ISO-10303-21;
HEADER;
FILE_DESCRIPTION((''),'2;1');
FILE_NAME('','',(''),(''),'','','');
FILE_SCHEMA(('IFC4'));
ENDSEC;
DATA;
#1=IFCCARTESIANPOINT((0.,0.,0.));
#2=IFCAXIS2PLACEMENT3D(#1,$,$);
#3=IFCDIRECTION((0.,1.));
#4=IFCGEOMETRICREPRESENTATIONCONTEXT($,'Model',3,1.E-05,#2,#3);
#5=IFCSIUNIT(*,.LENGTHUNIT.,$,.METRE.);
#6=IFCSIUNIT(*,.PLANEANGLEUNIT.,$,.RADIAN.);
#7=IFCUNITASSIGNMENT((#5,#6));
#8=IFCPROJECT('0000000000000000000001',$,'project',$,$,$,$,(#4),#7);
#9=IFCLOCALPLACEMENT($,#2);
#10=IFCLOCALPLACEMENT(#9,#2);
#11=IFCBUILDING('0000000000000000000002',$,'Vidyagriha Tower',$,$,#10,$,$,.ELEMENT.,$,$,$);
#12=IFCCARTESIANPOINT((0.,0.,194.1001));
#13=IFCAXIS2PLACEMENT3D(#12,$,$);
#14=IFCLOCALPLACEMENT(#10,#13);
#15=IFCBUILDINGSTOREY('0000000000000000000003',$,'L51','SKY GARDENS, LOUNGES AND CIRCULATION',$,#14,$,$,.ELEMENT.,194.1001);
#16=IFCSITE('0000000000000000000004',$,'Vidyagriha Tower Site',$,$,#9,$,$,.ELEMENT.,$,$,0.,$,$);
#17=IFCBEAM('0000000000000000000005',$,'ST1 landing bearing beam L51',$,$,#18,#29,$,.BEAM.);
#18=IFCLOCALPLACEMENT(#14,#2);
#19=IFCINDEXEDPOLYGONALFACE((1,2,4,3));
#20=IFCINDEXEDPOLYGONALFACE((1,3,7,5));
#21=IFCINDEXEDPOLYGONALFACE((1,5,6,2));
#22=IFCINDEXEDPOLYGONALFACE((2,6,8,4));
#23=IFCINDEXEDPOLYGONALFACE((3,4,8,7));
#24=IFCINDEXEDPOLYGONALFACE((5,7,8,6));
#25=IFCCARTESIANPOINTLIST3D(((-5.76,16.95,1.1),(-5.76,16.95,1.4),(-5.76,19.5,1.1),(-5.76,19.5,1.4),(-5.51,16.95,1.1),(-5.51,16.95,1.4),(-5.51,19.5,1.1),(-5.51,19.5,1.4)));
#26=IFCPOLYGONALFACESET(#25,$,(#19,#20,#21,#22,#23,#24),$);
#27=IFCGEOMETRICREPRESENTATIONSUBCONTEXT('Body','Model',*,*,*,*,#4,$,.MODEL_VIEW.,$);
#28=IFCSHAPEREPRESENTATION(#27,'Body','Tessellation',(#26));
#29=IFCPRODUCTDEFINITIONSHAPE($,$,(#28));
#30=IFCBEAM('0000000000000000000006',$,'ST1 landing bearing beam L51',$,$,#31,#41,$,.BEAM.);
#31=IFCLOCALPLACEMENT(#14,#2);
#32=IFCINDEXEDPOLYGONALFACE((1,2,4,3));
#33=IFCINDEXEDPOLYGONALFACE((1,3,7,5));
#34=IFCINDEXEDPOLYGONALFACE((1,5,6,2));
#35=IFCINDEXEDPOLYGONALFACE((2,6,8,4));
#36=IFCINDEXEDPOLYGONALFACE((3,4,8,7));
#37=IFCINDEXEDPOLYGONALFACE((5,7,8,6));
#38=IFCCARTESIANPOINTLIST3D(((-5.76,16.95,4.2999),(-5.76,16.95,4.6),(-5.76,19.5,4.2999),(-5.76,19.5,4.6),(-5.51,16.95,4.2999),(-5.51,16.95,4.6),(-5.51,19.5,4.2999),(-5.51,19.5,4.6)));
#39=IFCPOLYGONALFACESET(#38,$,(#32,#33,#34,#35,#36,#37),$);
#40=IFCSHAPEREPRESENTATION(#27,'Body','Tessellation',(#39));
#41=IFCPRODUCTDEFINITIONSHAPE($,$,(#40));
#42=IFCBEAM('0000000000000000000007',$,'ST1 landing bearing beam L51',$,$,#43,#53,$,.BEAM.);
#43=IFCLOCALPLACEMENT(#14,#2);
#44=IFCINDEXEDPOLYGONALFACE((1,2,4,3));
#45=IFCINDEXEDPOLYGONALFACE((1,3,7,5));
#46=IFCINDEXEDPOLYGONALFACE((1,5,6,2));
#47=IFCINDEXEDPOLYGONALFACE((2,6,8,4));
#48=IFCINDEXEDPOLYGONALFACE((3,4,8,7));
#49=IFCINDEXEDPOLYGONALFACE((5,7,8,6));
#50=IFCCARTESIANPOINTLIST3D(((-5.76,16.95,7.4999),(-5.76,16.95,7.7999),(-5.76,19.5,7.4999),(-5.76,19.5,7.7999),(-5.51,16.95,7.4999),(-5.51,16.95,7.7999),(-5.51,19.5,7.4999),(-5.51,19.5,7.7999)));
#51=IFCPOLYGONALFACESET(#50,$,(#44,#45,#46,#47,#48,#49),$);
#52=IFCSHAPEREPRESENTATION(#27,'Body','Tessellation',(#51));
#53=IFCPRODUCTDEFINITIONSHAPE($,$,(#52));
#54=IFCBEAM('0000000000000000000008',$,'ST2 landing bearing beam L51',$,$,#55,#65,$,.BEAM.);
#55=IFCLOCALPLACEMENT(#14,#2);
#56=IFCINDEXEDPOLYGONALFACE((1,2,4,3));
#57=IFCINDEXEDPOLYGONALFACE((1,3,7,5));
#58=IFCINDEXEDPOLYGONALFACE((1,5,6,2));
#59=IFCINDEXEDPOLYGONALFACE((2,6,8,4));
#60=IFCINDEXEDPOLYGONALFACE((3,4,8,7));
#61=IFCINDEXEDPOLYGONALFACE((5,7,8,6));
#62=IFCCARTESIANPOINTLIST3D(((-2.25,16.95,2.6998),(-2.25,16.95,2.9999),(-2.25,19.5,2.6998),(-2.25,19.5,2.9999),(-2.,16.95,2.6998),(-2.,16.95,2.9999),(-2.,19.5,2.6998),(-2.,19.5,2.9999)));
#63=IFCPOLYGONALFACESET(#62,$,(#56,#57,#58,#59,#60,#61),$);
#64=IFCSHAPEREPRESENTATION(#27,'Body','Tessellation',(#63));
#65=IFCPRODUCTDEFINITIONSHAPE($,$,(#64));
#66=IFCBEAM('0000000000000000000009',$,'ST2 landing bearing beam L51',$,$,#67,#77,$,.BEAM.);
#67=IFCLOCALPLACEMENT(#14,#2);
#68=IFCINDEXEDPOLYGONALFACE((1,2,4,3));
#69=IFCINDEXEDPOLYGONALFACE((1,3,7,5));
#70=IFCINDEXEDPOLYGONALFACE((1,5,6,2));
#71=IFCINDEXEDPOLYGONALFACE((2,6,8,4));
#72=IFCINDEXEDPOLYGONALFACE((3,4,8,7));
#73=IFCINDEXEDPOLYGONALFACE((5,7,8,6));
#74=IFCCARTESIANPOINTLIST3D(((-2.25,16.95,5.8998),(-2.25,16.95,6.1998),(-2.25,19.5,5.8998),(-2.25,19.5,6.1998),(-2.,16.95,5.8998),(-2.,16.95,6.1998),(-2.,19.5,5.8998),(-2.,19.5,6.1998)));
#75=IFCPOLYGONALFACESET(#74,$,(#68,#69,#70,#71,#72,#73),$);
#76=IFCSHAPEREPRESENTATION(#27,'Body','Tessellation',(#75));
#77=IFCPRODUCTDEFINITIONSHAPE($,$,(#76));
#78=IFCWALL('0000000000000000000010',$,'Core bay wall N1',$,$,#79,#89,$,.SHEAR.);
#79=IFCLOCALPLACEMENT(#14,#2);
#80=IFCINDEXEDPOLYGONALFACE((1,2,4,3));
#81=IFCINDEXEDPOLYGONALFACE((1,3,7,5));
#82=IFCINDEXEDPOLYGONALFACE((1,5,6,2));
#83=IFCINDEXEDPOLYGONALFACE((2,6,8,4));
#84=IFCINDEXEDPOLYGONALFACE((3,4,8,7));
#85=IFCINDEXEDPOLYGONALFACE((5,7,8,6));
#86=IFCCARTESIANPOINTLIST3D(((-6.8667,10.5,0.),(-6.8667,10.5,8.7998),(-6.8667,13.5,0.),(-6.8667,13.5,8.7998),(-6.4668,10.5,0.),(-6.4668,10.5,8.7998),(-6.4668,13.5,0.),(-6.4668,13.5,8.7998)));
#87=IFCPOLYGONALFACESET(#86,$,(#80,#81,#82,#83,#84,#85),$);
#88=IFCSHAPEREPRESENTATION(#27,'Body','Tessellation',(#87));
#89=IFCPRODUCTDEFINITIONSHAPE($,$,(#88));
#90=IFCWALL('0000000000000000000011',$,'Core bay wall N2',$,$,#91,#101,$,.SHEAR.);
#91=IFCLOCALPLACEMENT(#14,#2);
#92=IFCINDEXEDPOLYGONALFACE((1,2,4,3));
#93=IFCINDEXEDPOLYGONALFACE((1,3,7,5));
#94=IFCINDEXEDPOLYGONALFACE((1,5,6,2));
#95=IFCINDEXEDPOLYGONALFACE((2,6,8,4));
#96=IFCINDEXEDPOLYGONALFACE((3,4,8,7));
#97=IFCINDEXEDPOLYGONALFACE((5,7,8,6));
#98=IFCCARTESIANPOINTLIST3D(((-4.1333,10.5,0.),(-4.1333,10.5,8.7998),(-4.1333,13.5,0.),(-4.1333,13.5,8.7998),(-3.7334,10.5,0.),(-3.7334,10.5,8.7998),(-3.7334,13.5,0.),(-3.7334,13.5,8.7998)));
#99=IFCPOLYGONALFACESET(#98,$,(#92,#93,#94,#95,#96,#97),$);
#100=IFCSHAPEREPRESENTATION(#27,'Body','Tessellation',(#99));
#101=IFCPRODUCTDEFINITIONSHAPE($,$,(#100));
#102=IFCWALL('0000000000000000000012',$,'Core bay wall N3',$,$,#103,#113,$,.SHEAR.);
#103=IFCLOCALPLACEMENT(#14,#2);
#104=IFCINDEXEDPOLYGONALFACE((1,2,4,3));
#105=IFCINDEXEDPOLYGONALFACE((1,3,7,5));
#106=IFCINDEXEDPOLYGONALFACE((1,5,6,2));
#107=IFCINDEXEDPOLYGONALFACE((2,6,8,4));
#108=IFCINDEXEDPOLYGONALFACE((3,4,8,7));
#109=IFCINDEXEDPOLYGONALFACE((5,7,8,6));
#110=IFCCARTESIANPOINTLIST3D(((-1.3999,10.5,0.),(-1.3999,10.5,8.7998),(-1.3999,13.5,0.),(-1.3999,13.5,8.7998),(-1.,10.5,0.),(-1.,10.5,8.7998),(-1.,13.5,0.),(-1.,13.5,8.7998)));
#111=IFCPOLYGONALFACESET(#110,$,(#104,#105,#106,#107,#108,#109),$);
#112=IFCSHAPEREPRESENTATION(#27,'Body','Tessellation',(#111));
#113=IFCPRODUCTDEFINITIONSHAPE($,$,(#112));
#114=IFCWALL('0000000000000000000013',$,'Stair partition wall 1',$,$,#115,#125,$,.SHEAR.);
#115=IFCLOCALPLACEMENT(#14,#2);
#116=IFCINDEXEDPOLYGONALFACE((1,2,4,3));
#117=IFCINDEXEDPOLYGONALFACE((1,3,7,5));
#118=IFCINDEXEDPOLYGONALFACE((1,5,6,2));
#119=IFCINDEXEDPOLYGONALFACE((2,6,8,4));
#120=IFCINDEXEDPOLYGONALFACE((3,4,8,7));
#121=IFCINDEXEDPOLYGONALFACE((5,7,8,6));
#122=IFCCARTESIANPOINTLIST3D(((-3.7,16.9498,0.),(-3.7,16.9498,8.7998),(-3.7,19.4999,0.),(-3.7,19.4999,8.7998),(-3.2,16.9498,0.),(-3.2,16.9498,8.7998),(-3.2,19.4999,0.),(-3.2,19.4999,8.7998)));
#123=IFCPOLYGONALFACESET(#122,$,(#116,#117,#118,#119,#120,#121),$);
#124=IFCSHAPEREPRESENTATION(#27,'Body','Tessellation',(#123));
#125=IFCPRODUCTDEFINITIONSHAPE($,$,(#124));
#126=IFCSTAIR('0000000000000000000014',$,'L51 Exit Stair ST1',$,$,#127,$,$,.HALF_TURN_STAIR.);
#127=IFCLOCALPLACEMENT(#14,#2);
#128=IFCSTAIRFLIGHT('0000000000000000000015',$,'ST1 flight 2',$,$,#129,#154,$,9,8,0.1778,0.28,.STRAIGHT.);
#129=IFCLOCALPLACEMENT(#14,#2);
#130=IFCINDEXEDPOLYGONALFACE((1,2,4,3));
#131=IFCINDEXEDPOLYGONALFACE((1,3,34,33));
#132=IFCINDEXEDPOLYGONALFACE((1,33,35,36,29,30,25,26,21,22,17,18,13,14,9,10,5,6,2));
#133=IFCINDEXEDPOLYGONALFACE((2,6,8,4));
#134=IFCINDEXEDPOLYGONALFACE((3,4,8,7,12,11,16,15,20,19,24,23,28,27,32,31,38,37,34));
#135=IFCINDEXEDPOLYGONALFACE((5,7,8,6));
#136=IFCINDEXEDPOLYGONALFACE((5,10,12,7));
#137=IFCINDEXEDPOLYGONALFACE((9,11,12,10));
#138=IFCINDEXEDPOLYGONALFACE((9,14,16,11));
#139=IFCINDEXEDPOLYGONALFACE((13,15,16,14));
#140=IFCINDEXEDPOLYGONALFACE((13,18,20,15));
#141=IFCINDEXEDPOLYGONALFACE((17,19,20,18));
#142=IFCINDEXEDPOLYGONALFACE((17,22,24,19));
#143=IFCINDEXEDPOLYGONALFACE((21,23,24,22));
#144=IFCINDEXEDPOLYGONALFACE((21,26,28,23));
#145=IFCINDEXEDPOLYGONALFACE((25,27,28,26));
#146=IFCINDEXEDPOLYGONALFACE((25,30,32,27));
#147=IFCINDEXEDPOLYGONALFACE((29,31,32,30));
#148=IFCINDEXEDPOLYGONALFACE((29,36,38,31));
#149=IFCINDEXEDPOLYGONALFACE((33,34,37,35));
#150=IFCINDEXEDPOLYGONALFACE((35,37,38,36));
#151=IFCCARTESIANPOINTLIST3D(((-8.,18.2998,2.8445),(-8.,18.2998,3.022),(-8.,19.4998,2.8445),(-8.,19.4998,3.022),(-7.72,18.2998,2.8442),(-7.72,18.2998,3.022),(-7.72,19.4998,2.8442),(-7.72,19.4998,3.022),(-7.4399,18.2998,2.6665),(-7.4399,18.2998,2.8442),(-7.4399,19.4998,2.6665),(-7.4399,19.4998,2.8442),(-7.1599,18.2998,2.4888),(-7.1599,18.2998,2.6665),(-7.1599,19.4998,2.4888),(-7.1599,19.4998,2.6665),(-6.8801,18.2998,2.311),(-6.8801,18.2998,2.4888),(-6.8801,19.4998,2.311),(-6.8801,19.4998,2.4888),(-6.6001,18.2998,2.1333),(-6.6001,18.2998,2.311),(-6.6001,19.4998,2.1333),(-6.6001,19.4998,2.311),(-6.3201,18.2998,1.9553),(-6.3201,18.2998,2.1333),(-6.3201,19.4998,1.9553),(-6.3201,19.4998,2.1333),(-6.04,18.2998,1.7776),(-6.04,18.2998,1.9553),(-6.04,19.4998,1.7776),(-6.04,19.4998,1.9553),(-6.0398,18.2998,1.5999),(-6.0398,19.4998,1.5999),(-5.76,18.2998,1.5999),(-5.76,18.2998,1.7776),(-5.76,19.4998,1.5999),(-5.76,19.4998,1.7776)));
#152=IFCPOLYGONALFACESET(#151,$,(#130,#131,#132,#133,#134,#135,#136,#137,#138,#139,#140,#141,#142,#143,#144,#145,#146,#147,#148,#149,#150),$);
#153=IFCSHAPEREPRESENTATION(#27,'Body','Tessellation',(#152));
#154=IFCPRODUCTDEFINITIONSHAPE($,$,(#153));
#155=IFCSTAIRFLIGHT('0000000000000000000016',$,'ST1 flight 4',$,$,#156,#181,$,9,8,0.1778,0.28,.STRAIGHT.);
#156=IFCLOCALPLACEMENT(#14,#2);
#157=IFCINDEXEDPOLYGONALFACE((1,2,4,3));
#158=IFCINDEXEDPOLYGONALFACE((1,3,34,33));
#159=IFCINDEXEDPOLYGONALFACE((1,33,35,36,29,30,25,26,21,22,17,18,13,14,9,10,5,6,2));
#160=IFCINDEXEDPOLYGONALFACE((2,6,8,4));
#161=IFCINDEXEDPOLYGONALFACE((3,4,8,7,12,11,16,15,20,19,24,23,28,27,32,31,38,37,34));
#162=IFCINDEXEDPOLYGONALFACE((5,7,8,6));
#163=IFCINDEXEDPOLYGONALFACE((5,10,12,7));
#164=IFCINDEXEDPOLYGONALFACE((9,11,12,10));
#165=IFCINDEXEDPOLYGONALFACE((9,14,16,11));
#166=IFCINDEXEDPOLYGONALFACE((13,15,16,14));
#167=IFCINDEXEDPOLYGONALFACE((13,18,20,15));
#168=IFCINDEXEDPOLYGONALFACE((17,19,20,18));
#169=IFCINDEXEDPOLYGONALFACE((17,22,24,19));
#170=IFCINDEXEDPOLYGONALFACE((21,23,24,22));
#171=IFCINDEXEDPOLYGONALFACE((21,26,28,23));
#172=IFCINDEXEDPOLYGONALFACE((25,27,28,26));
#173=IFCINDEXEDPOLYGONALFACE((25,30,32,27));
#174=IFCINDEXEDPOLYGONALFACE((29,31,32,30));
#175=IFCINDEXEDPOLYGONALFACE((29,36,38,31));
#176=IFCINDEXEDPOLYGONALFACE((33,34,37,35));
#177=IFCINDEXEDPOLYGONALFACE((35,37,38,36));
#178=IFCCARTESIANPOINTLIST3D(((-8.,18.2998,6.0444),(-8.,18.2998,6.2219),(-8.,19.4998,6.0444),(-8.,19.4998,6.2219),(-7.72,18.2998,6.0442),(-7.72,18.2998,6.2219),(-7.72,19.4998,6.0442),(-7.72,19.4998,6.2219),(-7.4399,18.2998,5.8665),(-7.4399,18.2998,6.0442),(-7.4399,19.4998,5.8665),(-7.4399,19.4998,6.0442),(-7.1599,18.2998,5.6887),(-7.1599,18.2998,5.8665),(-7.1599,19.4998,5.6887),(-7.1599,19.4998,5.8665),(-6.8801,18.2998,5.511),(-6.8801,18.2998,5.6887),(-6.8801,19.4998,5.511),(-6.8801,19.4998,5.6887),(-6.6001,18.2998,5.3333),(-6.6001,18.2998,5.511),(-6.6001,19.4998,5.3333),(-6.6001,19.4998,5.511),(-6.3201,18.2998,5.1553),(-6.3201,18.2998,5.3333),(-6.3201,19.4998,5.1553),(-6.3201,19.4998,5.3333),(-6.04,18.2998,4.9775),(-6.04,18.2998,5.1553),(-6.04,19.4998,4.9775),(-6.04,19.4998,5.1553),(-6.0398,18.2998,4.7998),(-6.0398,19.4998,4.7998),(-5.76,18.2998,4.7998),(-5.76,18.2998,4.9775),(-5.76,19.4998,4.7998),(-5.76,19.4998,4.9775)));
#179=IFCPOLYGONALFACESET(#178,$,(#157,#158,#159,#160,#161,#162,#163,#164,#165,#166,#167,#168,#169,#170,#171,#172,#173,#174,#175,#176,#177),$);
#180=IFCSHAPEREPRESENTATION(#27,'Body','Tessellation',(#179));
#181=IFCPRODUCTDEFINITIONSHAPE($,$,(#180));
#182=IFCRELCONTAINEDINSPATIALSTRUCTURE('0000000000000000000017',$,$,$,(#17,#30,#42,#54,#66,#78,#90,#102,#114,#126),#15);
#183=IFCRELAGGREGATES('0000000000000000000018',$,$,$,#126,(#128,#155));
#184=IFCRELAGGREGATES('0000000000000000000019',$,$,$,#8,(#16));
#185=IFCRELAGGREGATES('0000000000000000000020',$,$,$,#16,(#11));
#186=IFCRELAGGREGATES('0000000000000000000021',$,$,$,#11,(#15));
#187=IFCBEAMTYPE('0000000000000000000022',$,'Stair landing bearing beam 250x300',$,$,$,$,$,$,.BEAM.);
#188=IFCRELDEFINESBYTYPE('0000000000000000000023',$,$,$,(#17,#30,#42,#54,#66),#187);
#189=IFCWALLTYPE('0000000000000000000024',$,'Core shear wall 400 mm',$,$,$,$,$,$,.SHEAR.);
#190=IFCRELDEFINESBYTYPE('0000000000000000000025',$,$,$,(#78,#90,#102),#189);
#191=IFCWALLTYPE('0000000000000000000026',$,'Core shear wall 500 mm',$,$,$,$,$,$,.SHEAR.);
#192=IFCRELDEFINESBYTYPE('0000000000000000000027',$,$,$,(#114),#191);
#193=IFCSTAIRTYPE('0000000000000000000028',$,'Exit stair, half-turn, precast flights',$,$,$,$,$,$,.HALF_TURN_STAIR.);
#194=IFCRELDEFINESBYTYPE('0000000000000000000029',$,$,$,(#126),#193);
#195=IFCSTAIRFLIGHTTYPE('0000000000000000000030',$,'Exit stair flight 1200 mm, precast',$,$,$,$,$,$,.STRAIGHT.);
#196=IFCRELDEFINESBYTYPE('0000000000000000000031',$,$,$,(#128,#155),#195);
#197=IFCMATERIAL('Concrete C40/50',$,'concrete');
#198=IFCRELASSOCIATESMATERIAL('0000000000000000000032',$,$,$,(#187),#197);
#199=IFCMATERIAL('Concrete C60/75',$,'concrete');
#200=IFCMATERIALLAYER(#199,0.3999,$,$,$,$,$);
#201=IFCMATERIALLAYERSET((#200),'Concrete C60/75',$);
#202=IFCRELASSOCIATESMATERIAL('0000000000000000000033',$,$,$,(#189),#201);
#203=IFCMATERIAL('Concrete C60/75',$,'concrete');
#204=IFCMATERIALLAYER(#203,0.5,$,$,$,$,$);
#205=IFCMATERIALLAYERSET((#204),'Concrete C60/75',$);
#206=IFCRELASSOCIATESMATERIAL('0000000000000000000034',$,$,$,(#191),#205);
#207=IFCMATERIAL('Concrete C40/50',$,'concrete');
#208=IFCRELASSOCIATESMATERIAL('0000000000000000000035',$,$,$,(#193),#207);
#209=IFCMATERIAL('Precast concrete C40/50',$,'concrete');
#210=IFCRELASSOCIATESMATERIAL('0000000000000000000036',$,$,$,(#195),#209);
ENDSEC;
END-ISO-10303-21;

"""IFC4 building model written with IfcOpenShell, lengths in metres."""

from ifc_helpers import new_model, si_unit, direction, frame, frame_2d, origin, origin_2d, place, context, subcontext, project, spatial, polyline, rectangle, outline, extrude, material, layer, layer_set, material_profile, profile_set, type_object, element, aggregate, save


model = new_model("IFC4")

# Units and contexts
model_context = context("Model", 3, precision=1e-05, world=origin(), true_north=direction((0.0, 1.0)))
body_context = subcontext(model_context, "Body", "Model", "MODEL_VIEW")
ifc_project = project(units=[si_unit("LENGTHUNIT", "METRE"), si_unit("PLANEANGLEUNIT", "RADIAN")], contexts=[model_context])

# Site, building, storey
site_placement = place(None, origin())
site = spatial("IfcSite", under=ifc_project, at=site_placement, Name="Vidyagriha Tower Site", CompositionType="ELEMENT", RefElevation=0.0)
building_placement = place(site_placement, origin())
building = spatial("IfcBuilding", under=site, at=building_placement, Name="Vidyagriha Tower", CompositionType="ELEMENT")
storey_placement = place(building_placement, frame((0.0, 0.0, 194.1001)))
storey = spatial("IfcBuildingStorey", under=building, at=storey_placement, Name="L51", Description="SKY GARDENS, LOUNGES AND CIRCULATION", CompositionType="ELEMENT", Elevation=194.1001)

# Beams
ifc_material_1 = material(Name="Concrete C40/50", Category="concrete")
ifc_material_profile = material_profile(ifc_material_1, rectangle(XDim=0.25, YDim=0.3, at=origin_2d()), Name="Stair landing bearing beam 250x300")
ifc_profile_set = profile_set([ifc_material_profile], Name="Concrete C40/50")
beam_type = type_object("IfcBeamType", Name="Stair landing bearing beam 250x300", PredefinedType="BEAM", material=ifc_profile_set)
for number, where, z_axis, x_axis, name in (
    (1, (-5.635, 16.95, 1.25), (0.0, 1.0, 0.0), (-1.0, 0.0, 0.0), "ST1 landing bearing beam L51"),
    (2, (-5.635, 16.95, 4.45), (0.0, 1.0, 0.0), (-1.0, 0.0, 0.0), "ST1 landing bearing beam L51"),
    (3, (-5.635, 16.95, 7.6499), (0.0, 1.0, 0.0), (-1.0, 0.0, 0.0), "ST1 landing bearing beam L51"),
    (4, (-2.125, 16.95, 2.8499), (0.0, 1.0, 0.0), (-1.0, 0.0, 0.0), "ST2 landing bearing beam L51"),
    (5, (-2.125, 16.95, 6.0498), (0.0, 1.0, 0.0), (-1.0, 0.0, 0.0), "ST2 landing bearing beam L51"),
):
    element("IfcBeam", number, at=place(storey_placement, frame(where, z_axis=z_axis, x_axis=x_axis)), inside=storey, type_object=beam_type, Name=name, PredefinedType="BEAM", context=body_context, shape_type="SweptSolid", body=[
        extrude(rectangle(XDim=0.25, YDim=0.3, at=origin_2d()), origin(), (0.0, 0.0, 1.0), 2.55),
    ])

# Walls
ifc_material_2 = material(Name="Concrete C60/75", Category="concrete")
ifc_layer_1 = layer(ifc_material_2, 0.3999)
ifc_layer_set_1 = layer_set([ifc_layer_1], Name="Concrete C60/75")
wall_type_1 = type_object("IfcWallType", Name="Core shear wall 400 mm", PredefinedType="SHEAR", material=ifc_layer_set_1)
for number, where, z_axis, x_axis, name in (
    (6, (-6.6667, 10.5, 0.0), (0.0, 0.0, 1.0), (0.0, 1.0, 0.0), "Core bay wall N1"),
    (7, (-3.9333, 10.5, 0.0), (0.0, 0.0, 1.0), (0.0, 1.0, 0.0), "Core bay wall N2"),
    (8, (-1.2, 10.5, 0.0), (0.0, 0.0, 1.0), (0.0, 1.0, 0.0), "Core bay wall N3"),
):
    element("IfcWall", number, at=place(storey_placement, frame(where, z_axis=z_axis, x_axis=x_axis)), inside=storey, type_object=wall_type_1, Name=name, PredefinedType="SHEAR", context=body_context, shape_type="SweptSolid", body=[
        extrude(rectangle(XDim=3.0, YDim=0.3999, at=frame_2d((1.5, 0.0))), origin(), (0.0, 0.0, 1.0), 8.7998),
    ])
ifc_material_3 = material(Name="Concrete C60/75", Category="concrete")
ifc_layer_2 = layer(ifc_material_3, 0.5)
ifc_layer_set_2 = layer_set([ifc_layer_2], Name="Concrete C60/75")
wall_type_2 = type_object("IfcWallType", Name="Core shear wall 500 mm", PredefinedType="SHEAR", material=ifc_layer_set_2)
wall_placement = place(storey_placement, frame((-3.45, 16.95, 0.0), z_axis=(0.0, 0.0, 1.0), x_axis=(0.0, 1.0, 0.0)))
element("IfcWall", 9, at=wall_placement, inside=storey, type_object=wall_type_2, Name="Stair partition wall 1", PredefinedType="SHEAR", context=body_context, shape_type="SweptSolid", body=[
    extrude(rectangle(XDim=2.55, YDim=0.5, at=frame_2d((1.2749, 0.0))), origin(), (0.0, 0.0, 1.0), 8.7998),
])

# Stair, stair flights
ifc_material_4 = material(Name="Concrete C40/50", Category="concrete")
stair_type = type_object("IfcStairType", Name="Exit stair, half-turn, precast flights", PredefinedType="HALF_TURN_STAIR", material=ifc_material_4)
stair_1_placement = place(storey_placement, origin())
stair_1 = element("IfcStair", 10, at=stair_1_placement, inside=storey, type_object=stair_type, Name="L51 Exit Stair ST1", PredefinedType="HALF_TURN_STAIR")
ifc_material_5 = material(Name="Precast concrete C40/50", Category="concrete")
stair_flight_type = type_object("IfcStairFlightType", Name="Exit stair flight 1200 mm, precast", PredefinedType="STRAIGHT", material=ifc_material_5)
stair_flight_1_placement = place(storey_placement, frame((-5.76, 18.8999, 1.5999), z_axis=(0.0, 0.0, 1.0), x_axis=(-1.0, 0.0, 0.0)))
stair_flight_1 = element("IfcStairFlight", 11, at=stair_flight_1_placement, type_object=stair_flight_type, Name="ST1 flight 2", NumberOfRisers=9, NumberOfTreads=8, PredefinedType="STRAIGHT", RiserHeight=0.1778, TreadLength=0.28, context=body_context, shape_type="SweptSolid", body=[
    extrude(outline(polyline([(0.0, 0.0), (0.0, 0.1777), (0.28, 0.1777), (0.28, 0.3555), (0.5601, 0.3555), (0.5601, 0.5334), (0.8401, 0.5334), (0.8401, 0.7112), (1.1201, 0.7112), (1.1201, 0.8889), (1.3999, 0.8889), (1.3999, 1.0667), (1.6799, 1.0667), (1.6799, 1.2444), (1.96, 1.2444), (1.96, 1.4221), (2.24, 1.4221), (2.24, 1.6001), (2.24, 1.2446), (0.2798, 0.0), (0.0, 0.0)])), frame((0.0, 0.6001, 0.0), z_axis=(0.0, -1.0, 0.0), x_axis=(1.0, 0.0, 0.0)), (0.0, 0.0, 1.0), 1.2),
])
stair_flight_2_placement = place(storey_placement, frame((-5.76, 18.8999, 4.7998), z_axis=(0.0, 0.0, 1.0), x_axis=(-1.0, 0.0, 0.0)))
stair_flight_2 = element("IfcStairFlight", 12, at=stair_flight_2_placement, type_object=stair_flight_type, Name="ST1 flight 4", NumberOfRisers=9, NumberOfTreads=8, PredefinedType="STRAIGHT", RiserHeight=0.1778, TreadLength=0.28, context=body_context, shape_type="SweptSolid", body=[
    extrude(outline(polyline([(0.0, 0.0), (0.0, 0.1777), (0.28, 0.1777), (0.28, 0.3555), (0.5601, 0.3555), (0.5601, 0.5334), (0.8401, 0.5334), (0.8401, 0.7112), (1.1201, 0.7112), (1.1201, 0.8889), (1.3999, 0.8889), (1.3999, 1.0667), (1.6799, 1.0667), (1.6799, 1.2444), (1.96, 1.2444), (1.96, 1.4221), (2.24, 1.4221), (2.24, 1.6001), (2.24, 1.2446), (0.2798, 0.0), (0.0, 0.0)])), frame((0.0, 0.6001, 0.0), z_axis=(0.0, -1.0, 0.0), x_axis=(1.0, 0.0, 0.0)), (0.0, 0.0, 1.0), 1.2),
])
aggregate(stair_1, [stair_flight_1, stair_flight_2])

save(model, "model.ifc")
